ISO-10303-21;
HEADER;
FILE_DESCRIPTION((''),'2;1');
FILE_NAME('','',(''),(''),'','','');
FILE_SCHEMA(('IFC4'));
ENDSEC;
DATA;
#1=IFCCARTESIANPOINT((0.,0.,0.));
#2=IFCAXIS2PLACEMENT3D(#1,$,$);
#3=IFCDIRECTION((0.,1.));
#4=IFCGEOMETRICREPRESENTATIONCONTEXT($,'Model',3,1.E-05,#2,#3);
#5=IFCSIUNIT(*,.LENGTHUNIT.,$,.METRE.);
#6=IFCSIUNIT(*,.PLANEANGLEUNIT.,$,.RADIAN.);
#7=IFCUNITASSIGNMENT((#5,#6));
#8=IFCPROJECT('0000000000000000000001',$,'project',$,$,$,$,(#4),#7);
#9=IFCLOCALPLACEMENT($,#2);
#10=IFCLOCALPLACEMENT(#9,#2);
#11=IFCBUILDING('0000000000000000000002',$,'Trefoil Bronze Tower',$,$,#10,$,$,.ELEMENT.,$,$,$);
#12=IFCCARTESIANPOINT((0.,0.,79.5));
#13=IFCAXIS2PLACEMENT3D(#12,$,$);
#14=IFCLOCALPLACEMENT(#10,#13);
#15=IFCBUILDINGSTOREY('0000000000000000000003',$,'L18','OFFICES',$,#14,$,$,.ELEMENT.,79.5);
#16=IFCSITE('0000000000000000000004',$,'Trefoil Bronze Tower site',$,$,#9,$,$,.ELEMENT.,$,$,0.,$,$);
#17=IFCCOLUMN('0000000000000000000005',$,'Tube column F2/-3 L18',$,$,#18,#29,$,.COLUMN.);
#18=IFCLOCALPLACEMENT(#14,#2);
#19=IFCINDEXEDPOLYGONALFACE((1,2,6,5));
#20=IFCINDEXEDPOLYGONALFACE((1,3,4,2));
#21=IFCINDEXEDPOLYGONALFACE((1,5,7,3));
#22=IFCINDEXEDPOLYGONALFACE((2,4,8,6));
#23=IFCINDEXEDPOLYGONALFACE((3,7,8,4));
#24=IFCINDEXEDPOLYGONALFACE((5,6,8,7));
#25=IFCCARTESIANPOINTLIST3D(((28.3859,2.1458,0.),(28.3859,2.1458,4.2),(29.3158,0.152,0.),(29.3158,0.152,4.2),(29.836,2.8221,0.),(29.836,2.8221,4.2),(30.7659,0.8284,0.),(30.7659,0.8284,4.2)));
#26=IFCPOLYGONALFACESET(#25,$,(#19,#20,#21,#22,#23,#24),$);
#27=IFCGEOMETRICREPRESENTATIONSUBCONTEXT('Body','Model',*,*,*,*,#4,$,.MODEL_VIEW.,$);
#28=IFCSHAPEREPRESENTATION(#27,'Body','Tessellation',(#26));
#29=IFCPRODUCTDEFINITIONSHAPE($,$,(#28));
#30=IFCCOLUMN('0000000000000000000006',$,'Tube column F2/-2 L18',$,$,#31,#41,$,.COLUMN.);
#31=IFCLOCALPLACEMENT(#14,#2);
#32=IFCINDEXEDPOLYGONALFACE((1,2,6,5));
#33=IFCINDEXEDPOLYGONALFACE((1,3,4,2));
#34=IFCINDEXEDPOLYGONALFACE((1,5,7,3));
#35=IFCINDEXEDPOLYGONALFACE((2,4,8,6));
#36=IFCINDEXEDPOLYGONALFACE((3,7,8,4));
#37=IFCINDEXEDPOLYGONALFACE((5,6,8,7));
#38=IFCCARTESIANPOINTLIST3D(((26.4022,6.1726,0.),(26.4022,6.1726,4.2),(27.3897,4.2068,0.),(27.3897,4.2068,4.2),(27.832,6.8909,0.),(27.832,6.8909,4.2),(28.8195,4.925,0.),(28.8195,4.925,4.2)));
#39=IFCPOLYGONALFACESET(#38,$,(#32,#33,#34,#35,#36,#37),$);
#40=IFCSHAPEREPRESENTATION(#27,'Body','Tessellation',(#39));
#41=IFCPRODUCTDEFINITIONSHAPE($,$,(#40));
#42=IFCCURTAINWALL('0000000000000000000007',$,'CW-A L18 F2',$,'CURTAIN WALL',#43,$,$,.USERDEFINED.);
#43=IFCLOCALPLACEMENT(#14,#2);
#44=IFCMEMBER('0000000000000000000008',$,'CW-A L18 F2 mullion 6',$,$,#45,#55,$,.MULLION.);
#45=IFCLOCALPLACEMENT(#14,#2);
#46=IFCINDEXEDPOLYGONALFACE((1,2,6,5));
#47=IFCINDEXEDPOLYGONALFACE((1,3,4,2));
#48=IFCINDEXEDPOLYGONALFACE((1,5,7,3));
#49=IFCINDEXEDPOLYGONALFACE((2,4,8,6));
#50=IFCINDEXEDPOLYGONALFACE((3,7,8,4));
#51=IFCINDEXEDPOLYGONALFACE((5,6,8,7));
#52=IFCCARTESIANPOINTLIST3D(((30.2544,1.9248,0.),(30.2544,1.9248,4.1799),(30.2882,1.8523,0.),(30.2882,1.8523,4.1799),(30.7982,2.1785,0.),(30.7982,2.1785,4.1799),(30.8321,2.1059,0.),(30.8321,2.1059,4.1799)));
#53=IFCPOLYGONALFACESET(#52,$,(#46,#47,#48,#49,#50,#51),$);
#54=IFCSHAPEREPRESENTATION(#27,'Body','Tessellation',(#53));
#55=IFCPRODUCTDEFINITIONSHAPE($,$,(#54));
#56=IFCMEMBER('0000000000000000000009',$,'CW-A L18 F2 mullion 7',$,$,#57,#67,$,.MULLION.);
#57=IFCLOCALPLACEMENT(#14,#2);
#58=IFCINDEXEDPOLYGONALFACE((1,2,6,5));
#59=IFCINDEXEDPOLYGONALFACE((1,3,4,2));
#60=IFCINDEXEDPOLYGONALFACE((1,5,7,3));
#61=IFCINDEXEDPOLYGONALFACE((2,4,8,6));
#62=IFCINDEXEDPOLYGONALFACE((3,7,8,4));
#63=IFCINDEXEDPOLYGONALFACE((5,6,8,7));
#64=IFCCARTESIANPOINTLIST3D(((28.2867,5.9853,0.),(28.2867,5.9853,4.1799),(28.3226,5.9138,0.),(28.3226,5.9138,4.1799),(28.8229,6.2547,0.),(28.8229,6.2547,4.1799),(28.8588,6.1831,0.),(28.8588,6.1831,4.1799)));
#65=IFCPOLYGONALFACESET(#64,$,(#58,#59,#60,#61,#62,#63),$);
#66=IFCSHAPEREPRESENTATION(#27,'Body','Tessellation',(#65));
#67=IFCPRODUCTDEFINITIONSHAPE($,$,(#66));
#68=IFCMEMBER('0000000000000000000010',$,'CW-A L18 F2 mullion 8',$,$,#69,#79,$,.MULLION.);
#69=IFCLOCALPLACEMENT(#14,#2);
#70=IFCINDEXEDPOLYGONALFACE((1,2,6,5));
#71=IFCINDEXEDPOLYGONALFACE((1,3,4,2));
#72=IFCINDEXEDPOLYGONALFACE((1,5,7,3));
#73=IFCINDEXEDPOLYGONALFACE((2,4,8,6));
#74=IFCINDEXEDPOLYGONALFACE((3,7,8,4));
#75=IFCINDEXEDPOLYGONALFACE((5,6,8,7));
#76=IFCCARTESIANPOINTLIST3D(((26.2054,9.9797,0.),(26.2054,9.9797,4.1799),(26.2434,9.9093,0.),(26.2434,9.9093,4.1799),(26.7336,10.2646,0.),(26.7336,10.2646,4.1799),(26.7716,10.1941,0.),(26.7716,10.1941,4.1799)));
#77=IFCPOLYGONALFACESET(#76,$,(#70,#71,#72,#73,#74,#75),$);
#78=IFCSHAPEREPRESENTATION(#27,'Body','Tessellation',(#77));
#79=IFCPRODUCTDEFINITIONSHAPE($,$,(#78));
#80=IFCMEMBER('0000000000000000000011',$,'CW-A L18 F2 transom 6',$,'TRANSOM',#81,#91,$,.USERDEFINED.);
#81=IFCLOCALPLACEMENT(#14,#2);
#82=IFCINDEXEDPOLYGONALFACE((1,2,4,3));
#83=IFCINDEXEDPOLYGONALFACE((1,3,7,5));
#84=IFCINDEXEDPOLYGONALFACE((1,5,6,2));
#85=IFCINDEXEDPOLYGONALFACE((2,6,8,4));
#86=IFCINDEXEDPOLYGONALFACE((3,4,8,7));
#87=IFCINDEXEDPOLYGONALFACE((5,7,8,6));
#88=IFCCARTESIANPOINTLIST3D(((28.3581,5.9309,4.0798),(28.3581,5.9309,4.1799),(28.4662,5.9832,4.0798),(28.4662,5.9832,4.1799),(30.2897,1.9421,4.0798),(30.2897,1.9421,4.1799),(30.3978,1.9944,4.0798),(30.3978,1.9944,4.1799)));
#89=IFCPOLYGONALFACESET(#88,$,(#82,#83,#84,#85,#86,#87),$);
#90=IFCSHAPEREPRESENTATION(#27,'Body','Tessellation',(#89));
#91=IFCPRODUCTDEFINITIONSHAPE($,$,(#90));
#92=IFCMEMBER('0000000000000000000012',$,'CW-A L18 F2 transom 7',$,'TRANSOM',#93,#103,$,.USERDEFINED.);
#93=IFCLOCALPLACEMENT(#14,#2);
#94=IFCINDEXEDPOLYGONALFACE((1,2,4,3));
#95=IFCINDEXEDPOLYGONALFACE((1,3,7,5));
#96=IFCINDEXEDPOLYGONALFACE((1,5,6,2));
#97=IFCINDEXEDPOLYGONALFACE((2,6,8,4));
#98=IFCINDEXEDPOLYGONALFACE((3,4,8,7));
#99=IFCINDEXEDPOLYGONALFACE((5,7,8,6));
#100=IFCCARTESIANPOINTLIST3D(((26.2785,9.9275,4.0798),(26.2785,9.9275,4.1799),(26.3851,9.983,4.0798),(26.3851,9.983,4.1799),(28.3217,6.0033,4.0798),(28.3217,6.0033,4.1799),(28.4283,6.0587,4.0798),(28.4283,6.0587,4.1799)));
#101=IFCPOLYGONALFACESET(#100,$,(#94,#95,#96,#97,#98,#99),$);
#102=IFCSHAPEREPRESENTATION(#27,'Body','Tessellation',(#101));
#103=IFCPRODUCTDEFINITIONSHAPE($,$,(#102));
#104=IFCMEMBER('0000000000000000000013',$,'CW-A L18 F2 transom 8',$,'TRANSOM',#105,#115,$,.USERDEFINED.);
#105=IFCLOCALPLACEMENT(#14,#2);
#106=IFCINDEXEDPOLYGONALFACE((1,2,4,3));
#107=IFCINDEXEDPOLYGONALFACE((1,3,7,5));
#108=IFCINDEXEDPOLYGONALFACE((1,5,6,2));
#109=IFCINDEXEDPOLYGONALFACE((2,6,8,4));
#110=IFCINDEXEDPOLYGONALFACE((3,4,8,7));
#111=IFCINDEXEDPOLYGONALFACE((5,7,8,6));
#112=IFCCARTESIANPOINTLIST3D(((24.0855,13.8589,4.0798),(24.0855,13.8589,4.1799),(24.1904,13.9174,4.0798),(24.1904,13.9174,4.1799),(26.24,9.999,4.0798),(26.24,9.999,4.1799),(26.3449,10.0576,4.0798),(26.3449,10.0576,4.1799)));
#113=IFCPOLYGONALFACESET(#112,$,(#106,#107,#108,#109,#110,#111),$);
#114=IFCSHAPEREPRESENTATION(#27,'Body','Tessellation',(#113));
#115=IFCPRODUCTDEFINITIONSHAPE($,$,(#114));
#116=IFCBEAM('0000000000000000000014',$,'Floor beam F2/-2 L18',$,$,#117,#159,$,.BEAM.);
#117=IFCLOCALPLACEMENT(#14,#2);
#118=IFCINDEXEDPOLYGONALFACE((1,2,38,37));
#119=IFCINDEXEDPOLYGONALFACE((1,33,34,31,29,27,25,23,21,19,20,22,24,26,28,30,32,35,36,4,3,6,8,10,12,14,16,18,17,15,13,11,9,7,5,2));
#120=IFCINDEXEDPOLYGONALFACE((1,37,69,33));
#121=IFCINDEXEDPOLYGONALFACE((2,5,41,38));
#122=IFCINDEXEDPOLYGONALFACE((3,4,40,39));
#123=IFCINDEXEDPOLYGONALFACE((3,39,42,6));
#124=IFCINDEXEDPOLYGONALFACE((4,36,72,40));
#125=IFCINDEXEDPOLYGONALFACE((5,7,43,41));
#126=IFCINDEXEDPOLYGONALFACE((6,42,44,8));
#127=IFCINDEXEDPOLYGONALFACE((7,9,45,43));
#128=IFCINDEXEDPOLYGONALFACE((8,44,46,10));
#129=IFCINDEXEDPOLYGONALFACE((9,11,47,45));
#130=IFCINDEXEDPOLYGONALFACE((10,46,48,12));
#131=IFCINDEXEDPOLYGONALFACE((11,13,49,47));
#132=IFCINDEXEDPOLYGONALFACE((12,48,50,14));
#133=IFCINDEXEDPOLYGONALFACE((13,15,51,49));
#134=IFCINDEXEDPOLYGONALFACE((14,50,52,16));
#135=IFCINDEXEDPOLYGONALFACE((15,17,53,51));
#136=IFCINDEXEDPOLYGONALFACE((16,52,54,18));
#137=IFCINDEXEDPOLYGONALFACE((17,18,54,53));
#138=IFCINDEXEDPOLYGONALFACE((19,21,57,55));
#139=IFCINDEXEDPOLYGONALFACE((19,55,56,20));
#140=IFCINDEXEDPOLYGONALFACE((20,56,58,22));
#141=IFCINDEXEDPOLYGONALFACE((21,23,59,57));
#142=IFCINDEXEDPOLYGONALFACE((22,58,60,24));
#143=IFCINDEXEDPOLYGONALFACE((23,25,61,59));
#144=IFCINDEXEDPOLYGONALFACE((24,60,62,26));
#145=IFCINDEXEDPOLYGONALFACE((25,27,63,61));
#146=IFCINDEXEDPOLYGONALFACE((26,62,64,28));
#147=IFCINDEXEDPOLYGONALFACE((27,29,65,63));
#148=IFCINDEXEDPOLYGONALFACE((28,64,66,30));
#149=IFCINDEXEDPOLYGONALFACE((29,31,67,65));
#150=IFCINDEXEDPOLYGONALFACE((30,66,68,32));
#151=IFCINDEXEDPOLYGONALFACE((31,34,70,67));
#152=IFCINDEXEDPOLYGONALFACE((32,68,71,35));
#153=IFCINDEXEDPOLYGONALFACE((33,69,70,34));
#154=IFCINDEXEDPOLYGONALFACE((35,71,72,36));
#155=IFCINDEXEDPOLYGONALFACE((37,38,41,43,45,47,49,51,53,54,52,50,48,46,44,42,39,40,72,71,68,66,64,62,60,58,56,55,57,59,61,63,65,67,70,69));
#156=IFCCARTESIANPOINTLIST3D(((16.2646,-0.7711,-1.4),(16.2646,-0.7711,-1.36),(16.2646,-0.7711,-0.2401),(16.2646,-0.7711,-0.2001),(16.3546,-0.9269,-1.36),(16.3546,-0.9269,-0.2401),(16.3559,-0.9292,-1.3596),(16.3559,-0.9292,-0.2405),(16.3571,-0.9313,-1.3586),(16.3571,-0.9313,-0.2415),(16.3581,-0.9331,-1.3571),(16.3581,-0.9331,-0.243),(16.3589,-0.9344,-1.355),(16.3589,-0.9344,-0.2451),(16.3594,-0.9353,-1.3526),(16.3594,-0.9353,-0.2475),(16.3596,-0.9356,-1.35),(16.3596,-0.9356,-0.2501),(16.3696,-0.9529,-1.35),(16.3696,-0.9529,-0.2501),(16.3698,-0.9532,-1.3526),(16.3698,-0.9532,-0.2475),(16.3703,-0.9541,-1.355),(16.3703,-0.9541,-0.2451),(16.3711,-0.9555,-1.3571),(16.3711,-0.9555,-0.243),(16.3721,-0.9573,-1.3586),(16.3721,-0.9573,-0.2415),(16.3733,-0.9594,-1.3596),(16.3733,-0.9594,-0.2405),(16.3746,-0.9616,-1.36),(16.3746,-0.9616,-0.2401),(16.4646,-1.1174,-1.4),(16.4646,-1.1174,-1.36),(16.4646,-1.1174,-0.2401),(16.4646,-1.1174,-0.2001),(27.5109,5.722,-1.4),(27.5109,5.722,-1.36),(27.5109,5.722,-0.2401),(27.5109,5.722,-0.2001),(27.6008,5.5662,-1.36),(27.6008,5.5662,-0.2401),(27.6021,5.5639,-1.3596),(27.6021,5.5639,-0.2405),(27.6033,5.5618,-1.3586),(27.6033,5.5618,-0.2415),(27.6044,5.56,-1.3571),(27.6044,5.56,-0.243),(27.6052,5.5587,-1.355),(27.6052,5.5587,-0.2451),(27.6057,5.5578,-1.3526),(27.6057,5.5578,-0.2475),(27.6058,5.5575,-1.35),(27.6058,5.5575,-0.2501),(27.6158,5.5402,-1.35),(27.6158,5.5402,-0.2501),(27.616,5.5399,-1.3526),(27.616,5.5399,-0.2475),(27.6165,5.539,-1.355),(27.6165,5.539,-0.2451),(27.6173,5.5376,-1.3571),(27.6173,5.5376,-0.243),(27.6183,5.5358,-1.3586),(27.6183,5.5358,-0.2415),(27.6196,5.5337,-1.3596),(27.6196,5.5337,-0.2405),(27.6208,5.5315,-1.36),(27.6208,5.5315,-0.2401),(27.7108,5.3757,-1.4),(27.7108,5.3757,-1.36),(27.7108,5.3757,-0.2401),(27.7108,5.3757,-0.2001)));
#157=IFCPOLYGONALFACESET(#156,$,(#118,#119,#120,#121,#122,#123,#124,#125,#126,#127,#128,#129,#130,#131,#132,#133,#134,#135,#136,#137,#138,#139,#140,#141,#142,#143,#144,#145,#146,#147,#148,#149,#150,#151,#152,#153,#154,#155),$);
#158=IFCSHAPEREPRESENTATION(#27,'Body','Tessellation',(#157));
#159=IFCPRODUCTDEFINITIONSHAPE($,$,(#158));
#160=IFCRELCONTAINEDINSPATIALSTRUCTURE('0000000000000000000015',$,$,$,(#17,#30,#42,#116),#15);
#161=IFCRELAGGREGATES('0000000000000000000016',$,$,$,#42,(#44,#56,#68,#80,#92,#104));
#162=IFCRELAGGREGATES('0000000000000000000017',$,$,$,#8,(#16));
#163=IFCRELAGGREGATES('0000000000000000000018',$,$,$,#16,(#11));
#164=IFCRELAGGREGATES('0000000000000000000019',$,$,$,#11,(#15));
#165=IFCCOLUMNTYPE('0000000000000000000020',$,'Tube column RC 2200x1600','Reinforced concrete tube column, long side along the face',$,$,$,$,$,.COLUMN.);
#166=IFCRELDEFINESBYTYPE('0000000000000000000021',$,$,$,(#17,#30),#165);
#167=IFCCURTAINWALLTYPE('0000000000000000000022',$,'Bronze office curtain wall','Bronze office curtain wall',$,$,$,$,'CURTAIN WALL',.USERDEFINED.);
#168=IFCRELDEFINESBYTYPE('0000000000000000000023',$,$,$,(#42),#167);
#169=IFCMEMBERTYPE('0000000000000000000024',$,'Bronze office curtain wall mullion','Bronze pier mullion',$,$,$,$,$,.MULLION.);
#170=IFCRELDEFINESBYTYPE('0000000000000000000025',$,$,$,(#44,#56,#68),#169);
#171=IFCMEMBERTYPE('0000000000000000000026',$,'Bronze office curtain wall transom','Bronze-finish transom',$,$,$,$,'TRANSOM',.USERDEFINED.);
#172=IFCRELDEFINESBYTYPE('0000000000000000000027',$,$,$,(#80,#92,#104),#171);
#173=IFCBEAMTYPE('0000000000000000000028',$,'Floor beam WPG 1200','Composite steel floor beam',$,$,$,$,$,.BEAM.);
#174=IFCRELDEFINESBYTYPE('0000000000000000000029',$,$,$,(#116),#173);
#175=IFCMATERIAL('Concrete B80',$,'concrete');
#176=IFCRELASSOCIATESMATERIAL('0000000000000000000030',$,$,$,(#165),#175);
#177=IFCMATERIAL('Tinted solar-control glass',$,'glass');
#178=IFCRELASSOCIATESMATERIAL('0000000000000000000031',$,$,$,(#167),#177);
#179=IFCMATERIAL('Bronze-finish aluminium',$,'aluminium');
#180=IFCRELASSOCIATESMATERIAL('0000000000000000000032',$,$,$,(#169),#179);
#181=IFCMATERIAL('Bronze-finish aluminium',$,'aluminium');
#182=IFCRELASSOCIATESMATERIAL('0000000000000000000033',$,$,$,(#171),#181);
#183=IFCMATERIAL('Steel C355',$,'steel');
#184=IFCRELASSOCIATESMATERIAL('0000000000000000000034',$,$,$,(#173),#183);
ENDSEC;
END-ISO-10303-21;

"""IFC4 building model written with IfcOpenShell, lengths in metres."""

from ifc_helpers import new_model, si_unit, direction, frame, origin, origin_2d, place, context, subcontext, project, spatial, rectangle, i_section, extrude, material, material_profile, profile_set, type_object, element, aggregate, save


model = new_model("IFC4")

# Units and contexts
model_context = context("Model", 3, precision=1e-05, world=origin(), true_north=direction((0.0, 1.0)))
body_context = subcontext(model_context, "Body", "Model", "MODEL_VIEW")
ifc_project = project(units=[si_unit("LENGTHUNIT", "METRE"), si_unit("PLANEANGLEUNIT", "RADIAN")], contexts=[model_context])

# Site, building, storey
site_placement = place(None, origin())
site = spatial("IfcSite", under=ifc_project, at=site_placement, Name="Trefoil Bronze Tower site", CompositionType="ELEMENT", RefElevation=0.0)
building_placement = place(site_placement, origin())
building = spatial("IfcBuilding", under=site, at=building_placement, Name="Trefoil Bronze Tower", CompositionType="ELEMENT")
storey_placement = place(building_placement, frame((0.0, 0.0, 79.5)))
storey = spatial("IfcBuildingStorey", under=building, at=storey_placement, Name="L18", Description="OFFICES", CompositionType="ELEMENT", Elevation=79.5)

# Columns
ifc_material_1 = material(Name="Concrete B80", Category="concrete")
ifc_material_profile_1 = material_profile(ifc_material_1, rectangle(XDim=2.2, YDim=1.6001, at=origin_2d()), Name="RC 2200x1600")
ifc_profile_set_1 = profile_set([ifc_material_profile_1], Name="Concrete B80")
column_type = type_object("IfcColumnType", Name="Tube column RC 2200x1600", Description="Reinforced concrete tube column, long side along the face", PredefinedType="COLUMN", material=ifc_profile_set_1)
for number, where, z_axis, x_axis, name in (
    (1, (29.5759, 1.4871, 0.0), (0.0, 0.0, 1.0), (-0.422701, 0.906269, 0.0), "Tube column F2/-3 L18"),
    (2, (27.6108, 5.5488, 0.0), (0.0, 0.0, 1.0), (-0.44889, 0.893587, 0.0), "Tube column F2/-2 L18"),
):
    element("IfcColumn", number, at=place(storey_placement, frame(where, z_axis=z_axis, x_axis=x_axis)), inside=storey, type_object=column_type, Name=name, PredefinedType="COLUMN", context=body_context, shape_type="SweptSolid", body=[
        extrude(rectangle(XDim=2.2, YDim=1.6001, at=origin_2d()), origin(), (0.0, 0.0, 1.0), 4.2),
    ])

# Curtain wall, members
ifc_material_2 = material(Name="Tinted solar-control glass", Category="glass")
curtain_wall_type = type_object("IfcCurtainWallType", Name="Bronze office curtain wall", Description="Bronze office curtain wall", ElementType="CURTAIN WALL", PredefinedType="USERDEFINED", material=ifc_material_2)
curtain_wall_placement = place(storey_placement, origin())
curtain_wall = element("IfcCurtainWall", 3, at=curtain_wall_placement, inside=storey, type_object=curtain_wall_type, Name="CW-A L18 F2", ObjectType="CURTAIN WALL", PredefinedType="USERDEFINED")
ifc_material_3 = material(Name="Bronze-finish aluminium", Category="aluminium")
ifc_material_profile_2 = material_profile(ifc_material_3, rectangle(XDim=0.6001, YDim=0.0801, at=origin_2d()), Name="CW-A mullion")
ifc_profile_set_2 = profile_set([ifc_material_profile_2], Name="Bronze-finish aluminium")
member_type_1 = type_object("IfcMemberType", Name="Bronze office curtain wall mullion", Description="Bronze pier mullion", PredefinedType="MULLION", material=ifc_profile_set_2)
member_1_placement = place(storey_placement, frame((30.5432, 2.0154, 0.0), z_axis=(0.0, 0.0, 1.0), x_axis=(-0.906269, -0.422701, 0.0)))
member_1 = element("IfcMember", 4, at=member_1_placement, type_object=member_type_1, Name="CW-A L18 F2 mullion 6", PredefinedType="MULLION", context=body_context, shape_type="SweptSolid", body=[
    extrude(rectangle(XDim=0.6001, YDim=0.0801, at=origin_2d()), origin(), (0.0, 0.0, 1.0), 4.1799),
])
member_2_placement = place(storey_placement, frame((28.5728, 6.0842, 0.0), z_axis=(0.0, 0.0, 1.0), x_axis=(-0.893587, -0.44889, 0.0)))
member_2 = element("IfcMember", 5, at=member_2_placement, type_object=member_type_1, Name="CW-A L18 F2 mullion 7", PredefinedType="MULLION", context=body_context, shape_type="SweptSolid", body=[
    extrude(rectangle(XDim=0.6001, YDim=0.0801, at=origin_2d()), origin(), (0.0, 0.0, 1.0), 4.1799),
])
member_3_placement = place(storey_placement, frame((26.4885, 10.0869, 0.0), z_axis=(0.0, 0.0, 1.0), x_axis=(-0.880171, -0.474656, 0.0)))
member_3 = element("IfcMember", 6, at=member_3_placement, type_object=member_type_1, Name="CW-A L18 F2 mullion 8", PredefinedType="MULLION", context=body_context, shape_type="SweptSolid", body=[
    extrude(rectangle(XDim=0.6001, YDim=0.0801, at=origin_2d()), origin(), (0.0, 0.0, 1.0), 4.1799),
])
ifc_material_4 = material(Name="Bronze-finish aluminium", Category="aluminium")
ifc_material_profile_3 = material_profile(ifc_material_4, rectangle(XDim=0.1201, YDim=0.1001, at=origin_2d()), Name="CW-A transom")
ifc_profile_set_3 = profile_set([ifc_material_profile_3], Name="Bronze-finish aluminium")
member_type_2 = type_object("IfcMemberType", Name="Bronze office curtain wall transom", Description="Bronze-finish transom", ElementType="TRANSOM", PredefinedType="USERDEFINED", material=ifc_profile_set_3)
member_4_placement = place(storey_placement, frame((30.3438, 1.9683, 4.1299), z_axis=(-0.435852, 0.900018, 0.0), x_axis=(-0.900018, -0.435852, 0.0)))
member_4 = element("IfcMember", 7, at=member_4_placement, type_object=member_type_2, Name="CW-A L18 F2 transom 6", ObjectType="TRANSOM", PredefinedType="USERDEFINED", context=body_context, shape_type="SweptSolid", body=[
    extrude(rectangle(XDim=0.1201, YDim=0.1001, at=origin_2d()), origin(), (0.0, 0.0, 1.0), 4.4319),
])
member_5_placement = place(storey_placement, frame((28.375, 6.031, 4.1299), z_axis=(-0.46181, 0.886979, 0.0), x_axis=(-0.886979, -0.46181, 0.0)))
member_5 = element("IfcMember", 8, at=member_5_placement, type_object=member_type_2, Name="CW-A L18 F2 transom 7", ObjectType="TRANSOM", PredefinedType="USERDEFINED", context=body_context, shape_type="SweptSolid", body=[
    extrude(rectangle(XDim=0.1201, YDim=0.1001, at=origin_2d()), origin(), (0.0, 0.0, 1.0), 4.4243),
])
member_6_placement = place(storey_placement, frame((26.2925, 10.0283, 4.1299), z_axis=(-0.4874, 0.873179, 0.0), x_axis=(-0.873179, -0.4874, 0.0)))
member_6 = element("IfcMember", 9, at=member_6_placement, type_object=member_type_2, Name="CW-A L18 F2 transom 8", ObjectType="TRANSOM", PredefinedType="USERDEFINED", context=body_context, shape_type="SweptSolid", body=[
    extrude(rectangle(XDim=0.1201, YDim=0.1001, at=origin_2d()), origin(), (0.0, 0.0, 1.0), 4.4204),
])

# Beam
ifc_material_5 = material(Name="Steel C355", Category="steel")
ifc_material_profile_4 = material_profile(ifc_material_5, i_section(OverallWidth=0.3999, OverallDepth=1.2, WebThickness=0.02, FlangeThickness=0.04, FilletRadius=0.01, at=origin_2d()), Name="WPG 1200")
ifc_profile_set_4 = profile_set([ifc_material_profile_4], Name="Steel C355")
beam_type_1 = type_object("IfcBeamType", Name="Floor beam WPG 1200", Description="Composite steel floor beam", PredefinedType="BEAM", material=ifc_profile_set_4)
beam_1_placement = place(storey_placement, frame((27.6108, 5.5488, -0.8), z_axis=(-0.866022, -0.500005, 0.0), x_axis=(0.500005, -0.866022, 0.0)))
element("IfcBeam", 10, at=beam_1_placement, inside=storey, type_object=beam_type_1, Name="Floor beam F2/-2 L18", PredefinedType="BEAM", context=body_context, shape_type="SweptSolid", body=[
    extrude(i_section(OverallWidth=0.3999, OverallDepth=1.2, WebThickness=0.02, FlangeThickness=0.04, FilletRadius=0.01, at=origin_2d()), origin(), (0.0, 0.0, 1.0), 12.9861),
])

aggregate(curtain_wall, [member_1, member_2, member_3, member_4, member_5, member_6])

save(model, "model.ifc")
